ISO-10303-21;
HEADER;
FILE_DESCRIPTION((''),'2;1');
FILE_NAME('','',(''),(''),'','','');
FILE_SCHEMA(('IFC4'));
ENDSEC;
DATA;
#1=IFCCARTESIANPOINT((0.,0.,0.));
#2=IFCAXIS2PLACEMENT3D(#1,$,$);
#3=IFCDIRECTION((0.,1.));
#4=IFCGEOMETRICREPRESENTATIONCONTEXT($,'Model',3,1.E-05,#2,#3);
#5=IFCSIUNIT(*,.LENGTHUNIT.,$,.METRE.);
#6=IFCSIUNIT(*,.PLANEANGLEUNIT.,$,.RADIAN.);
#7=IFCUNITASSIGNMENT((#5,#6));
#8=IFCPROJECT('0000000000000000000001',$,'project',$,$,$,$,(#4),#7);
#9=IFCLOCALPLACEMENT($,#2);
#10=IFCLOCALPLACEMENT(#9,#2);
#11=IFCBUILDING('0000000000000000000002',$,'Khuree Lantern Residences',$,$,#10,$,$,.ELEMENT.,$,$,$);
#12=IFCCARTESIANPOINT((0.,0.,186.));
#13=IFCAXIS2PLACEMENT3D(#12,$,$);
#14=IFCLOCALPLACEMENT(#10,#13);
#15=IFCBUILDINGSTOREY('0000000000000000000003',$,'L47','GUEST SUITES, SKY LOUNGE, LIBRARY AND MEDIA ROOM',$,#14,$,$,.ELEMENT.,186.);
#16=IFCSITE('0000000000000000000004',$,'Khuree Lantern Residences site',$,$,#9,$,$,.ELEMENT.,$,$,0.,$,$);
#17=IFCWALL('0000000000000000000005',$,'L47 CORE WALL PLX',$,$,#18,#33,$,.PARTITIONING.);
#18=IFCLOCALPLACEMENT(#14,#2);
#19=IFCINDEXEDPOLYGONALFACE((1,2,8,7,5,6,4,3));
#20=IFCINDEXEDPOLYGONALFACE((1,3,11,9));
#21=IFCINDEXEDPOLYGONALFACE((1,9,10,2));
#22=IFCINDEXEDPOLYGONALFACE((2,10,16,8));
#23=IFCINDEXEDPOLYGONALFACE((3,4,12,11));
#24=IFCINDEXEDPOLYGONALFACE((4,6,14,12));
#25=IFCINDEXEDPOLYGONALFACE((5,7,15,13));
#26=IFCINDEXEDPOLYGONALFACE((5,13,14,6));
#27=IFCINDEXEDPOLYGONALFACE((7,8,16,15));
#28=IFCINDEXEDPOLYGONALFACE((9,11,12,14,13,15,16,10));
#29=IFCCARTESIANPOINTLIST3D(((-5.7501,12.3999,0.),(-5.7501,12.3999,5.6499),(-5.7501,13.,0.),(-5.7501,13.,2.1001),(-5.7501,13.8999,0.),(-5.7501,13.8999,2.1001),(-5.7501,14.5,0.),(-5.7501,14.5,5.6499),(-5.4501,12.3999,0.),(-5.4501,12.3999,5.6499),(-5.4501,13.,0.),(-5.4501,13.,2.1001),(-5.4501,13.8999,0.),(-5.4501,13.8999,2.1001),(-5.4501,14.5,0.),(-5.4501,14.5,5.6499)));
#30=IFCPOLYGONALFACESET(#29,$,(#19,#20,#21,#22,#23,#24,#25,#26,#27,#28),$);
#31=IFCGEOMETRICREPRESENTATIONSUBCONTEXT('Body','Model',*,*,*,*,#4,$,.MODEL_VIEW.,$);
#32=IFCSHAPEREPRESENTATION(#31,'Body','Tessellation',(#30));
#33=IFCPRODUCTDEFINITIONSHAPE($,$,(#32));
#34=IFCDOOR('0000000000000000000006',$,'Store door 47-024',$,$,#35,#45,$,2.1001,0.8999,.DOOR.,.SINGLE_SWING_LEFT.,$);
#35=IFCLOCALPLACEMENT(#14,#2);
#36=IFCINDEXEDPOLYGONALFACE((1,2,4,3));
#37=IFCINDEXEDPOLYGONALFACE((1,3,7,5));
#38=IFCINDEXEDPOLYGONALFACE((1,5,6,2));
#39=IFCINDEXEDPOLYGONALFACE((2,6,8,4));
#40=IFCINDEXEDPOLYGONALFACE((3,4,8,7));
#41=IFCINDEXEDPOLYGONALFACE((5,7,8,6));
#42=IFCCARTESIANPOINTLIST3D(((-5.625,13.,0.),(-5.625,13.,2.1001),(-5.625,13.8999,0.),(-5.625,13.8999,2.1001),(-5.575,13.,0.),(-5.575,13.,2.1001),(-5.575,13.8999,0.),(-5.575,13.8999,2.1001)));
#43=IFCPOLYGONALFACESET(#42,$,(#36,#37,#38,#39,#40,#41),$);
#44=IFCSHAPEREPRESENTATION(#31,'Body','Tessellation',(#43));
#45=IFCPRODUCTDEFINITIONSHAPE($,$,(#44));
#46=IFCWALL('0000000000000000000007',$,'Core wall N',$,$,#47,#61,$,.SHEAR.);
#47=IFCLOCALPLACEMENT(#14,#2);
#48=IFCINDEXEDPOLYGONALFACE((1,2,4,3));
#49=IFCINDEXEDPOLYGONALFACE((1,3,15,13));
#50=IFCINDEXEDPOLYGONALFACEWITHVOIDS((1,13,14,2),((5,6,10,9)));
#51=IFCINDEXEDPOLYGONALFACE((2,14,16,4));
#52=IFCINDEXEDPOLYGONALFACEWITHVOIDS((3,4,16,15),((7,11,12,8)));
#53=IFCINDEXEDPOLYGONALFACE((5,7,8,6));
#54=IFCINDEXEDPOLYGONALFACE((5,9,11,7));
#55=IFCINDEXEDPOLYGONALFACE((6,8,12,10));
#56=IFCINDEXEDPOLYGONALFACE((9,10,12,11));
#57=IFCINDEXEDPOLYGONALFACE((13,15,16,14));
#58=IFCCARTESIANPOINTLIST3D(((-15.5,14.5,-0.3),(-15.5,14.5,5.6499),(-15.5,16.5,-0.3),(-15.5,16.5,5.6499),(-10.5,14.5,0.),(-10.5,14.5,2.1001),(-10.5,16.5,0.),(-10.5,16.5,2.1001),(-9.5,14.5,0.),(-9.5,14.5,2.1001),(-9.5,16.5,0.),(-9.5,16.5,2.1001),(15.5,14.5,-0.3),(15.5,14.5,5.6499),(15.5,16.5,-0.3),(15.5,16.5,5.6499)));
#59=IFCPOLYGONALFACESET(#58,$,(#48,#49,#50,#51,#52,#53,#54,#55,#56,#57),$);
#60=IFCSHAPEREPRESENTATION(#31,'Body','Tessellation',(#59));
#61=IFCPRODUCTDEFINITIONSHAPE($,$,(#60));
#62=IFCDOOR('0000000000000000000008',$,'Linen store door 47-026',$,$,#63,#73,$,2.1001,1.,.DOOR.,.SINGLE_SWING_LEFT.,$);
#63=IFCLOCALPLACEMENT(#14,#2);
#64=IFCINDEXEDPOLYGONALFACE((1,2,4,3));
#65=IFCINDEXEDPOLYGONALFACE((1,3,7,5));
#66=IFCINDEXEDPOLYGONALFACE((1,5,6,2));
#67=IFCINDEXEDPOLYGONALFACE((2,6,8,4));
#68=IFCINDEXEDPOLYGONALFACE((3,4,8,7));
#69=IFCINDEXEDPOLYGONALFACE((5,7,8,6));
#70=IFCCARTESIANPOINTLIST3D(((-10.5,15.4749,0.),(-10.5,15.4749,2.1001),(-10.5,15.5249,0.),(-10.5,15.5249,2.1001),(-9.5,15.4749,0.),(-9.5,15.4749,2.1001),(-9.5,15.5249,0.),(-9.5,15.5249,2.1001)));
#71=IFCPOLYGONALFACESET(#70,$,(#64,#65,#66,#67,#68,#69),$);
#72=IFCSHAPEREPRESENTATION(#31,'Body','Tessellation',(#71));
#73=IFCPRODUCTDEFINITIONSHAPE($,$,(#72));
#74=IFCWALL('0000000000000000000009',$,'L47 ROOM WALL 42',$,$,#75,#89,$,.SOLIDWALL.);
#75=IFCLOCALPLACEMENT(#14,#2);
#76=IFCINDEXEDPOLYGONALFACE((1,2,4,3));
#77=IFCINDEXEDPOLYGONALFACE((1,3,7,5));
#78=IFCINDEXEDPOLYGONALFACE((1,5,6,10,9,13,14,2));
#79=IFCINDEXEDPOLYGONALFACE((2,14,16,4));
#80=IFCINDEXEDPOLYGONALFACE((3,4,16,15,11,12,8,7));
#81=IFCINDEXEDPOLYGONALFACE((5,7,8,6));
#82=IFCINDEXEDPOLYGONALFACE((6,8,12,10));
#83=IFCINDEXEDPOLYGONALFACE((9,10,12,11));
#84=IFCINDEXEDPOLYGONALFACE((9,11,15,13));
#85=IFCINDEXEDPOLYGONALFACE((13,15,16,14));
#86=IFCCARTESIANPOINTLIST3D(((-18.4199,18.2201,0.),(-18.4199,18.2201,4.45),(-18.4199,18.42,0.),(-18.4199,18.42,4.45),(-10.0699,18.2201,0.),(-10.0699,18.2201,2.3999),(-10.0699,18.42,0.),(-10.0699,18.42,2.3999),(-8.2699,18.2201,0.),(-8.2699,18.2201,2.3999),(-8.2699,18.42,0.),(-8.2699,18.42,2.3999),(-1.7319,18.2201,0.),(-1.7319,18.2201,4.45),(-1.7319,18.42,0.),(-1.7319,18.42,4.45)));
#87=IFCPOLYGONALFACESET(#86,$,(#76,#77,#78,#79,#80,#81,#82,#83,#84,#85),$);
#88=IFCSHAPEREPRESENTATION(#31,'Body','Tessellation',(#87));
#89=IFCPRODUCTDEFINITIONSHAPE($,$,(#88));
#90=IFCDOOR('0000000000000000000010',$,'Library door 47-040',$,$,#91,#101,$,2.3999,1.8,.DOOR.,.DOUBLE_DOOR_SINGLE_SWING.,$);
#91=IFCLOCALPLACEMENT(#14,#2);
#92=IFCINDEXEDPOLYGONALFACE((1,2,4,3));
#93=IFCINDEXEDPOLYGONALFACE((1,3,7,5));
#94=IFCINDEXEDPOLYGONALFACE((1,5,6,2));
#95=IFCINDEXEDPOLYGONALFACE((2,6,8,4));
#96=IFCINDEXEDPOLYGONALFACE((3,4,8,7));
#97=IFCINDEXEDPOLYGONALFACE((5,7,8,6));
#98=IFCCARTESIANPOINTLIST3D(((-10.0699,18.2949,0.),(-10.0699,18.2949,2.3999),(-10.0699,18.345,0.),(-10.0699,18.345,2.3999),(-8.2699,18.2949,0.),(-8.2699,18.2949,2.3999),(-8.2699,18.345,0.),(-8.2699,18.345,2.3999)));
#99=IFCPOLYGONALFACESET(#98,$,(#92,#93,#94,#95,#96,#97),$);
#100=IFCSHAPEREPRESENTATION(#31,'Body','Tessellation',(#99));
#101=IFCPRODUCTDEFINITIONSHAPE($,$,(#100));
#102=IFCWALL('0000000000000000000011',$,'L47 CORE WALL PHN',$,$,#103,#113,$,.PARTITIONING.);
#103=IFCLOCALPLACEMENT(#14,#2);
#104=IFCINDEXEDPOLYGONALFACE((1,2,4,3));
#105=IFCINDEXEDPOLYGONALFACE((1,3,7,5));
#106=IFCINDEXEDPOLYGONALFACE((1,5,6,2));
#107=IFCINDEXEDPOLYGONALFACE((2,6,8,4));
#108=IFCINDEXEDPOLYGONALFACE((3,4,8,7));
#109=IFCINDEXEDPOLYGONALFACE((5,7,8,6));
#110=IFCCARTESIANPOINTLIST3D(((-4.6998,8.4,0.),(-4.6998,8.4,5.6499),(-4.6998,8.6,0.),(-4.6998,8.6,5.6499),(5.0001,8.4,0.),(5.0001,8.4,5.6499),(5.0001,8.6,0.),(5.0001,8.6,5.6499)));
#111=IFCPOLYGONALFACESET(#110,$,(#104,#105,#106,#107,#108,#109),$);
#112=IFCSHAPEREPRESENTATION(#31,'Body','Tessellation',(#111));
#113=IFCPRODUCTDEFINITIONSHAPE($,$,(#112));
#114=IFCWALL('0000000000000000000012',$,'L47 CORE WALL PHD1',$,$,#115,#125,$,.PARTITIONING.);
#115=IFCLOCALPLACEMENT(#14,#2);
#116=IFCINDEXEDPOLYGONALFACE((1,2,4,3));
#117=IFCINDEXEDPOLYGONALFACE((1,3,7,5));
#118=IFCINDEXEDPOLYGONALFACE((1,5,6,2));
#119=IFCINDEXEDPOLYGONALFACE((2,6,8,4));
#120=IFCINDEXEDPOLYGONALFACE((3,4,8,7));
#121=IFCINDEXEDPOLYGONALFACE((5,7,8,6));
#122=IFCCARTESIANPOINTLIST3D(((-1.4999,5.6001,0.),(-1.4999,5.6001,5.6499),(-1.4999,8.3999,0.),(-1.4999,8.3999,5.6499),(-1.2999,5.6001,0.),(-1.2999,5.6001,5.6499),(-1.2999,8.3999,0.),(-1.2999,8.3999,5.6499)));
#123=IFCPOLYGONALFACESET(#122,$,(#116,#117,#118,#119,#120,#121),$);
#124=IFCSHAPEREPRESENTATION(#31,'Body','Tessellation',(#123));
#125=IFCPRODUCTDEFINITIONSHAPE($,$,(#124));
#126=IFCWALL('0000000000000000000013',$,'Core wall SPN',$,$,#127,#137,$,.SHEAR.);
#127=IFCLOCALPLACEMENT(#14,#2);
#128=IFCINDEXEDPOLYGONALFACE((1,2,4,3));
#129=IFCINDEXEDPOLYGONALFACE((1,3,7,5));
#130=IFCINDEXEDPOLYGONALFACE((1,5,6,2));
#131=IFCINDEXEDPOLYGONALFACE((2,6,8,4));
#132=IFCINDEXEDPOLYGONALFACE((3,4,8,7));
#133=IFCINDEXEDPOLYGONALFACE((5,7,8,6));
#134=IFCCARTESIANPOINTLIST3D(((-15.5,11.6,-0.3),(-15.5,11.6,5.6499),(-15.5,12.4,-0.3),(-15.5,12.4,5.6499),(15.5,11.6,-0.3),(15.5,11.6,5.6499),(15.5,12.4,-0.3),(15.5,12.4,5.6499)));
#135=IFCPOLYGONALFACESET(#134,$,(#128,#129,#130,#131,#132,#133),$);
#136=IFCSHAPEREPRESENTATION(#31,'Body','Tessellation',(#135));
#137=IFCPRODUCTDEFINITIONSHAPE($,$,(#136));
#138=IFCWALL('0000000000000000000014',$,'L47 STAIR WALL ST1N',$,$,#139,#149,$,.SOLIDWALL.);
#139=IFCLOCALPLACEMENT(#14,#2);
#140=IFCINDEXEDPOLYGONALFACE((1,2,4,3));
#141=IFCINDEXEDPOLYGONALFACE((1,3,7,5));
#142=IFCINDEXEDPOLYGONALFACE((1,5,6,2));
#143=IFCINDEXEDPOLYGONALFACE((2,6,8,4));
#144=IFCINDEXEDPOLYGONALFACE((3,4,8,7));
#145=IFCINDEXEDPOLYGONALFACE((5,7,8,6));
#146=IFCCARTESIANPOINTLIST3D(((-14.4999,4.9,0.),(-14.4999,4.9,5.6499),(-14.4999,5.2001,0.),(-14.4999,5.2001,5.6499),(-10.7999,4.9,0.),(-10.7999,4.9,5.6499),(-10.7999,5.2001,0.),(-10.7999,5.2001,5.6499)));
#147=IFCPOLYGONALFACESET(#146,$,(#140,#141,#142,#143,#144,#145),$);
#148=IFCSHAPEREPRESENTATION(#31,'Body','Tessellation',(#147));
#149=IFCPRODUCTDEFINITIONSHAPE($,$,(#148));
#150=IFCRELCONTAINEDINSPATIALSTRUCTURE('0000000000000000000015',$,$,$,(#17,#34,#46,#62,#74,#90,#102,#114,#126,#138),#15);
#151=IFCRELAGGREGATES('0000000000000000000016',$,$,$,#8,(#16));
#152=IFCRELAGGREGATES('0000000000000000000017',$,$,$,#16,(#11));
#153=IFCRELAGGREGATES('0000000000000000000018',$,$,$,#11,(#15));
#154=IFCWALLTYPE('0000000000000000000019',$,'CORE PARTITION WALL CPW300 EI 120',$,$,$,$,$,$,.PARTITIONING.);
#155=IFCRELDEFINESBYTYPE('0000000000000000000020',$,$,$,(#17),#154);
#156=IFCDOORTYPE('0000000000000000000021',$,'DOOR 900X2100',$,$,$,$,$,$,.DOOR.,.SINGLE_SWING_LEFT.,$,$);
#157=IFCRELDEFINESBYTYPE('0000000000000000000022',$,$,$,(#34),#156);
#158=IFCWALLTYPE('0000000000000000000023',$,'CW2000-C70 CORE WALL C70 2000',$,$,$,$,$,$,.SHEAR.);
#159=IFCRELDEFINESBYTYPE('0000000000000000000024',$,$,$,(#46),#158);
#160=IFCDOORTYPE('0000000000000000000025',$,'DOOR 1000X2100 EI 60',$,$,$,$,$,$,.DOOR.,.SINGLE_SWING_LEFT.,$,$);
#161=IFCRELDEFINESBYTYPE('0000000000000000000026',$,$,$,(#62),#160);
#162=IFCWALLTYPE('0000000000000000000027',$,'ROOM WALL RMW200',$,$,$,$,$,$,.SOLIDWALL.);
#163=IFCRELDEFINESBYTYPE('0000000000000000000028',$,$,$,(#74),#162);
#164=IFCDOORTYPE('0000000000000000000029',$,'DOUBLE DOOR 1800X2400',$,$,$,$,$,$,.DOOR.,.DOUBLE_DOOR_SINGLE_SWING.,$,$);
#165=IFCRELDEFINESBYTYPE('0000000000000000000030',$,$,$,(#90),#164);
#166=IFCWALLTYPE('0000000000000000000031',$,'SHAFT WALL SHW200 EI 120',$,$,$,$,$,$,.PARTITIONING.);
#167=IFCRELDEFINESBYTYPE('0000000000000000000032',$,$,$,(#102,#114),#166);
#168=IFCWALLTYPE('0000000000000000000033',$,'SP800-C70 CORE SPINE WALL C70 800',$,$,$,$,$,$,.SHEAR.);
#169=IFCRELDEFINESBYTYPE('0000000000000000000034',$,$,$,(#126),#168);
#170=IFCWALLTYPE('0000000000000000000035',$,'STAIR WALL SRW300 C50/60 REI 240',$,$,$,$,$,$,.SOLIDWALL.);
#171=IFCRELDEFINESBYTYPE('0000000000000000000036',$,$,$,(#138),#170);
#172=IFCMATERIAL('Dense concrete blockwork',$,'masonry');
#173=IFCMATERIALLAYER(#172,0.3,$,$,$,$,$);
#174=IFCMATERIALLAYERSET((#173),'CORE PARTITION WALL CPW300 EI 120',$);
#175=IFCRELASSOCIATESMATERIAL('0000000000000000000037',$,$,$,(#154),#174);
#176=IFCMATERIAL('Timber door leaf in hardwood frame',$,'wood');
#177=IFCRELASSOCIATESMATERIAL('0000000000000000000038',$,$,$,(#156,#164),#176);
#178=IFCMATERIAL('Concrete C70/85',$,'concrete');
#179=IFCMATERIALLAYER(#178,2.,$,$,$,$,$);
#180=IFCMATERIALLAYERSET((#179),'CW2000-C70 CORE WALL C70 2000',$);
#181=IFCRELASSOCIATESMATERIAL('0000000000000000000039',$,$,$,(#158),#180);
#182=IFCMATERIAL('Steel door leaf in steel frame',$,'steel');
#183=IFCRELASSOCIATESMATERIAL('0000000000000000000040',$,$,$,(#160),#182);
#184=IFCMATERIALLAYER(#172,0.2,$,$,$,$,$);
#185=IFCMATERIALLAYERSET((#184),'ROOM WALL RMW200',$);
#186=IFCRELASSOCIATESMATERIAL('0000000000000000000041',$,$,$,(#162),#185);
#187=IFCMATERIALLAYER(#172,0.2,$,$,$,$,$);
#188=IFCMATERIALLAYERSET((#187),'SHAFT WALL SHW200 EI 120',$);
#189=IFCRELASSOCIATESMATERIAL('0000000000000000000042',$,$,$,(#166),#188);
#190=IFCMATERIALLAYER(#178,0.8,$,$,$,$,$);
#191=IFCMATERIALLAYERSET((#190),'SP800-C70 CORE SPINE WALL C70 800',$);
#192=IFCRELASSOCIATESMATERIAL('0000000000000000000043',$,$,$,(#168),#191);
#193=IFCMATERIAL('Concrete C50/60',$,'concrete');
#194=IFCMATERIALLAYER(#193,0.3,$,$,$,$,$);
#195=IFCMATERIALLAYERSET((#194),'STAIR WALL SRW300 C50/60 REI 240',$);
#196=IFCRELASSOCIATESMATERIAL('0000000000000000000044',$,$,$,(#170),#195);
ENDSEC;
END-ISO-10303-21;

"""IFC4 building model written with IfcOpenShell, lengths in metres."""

from ifc_helpers import new_model, si_unit, direction, frame, frame_2d, origin, place, context, subcontext, project, spatial, rectangle, extrude, material, layer, layer_set, type_object, element, fill, save


model = new_model("IFC4")

# Units and contexts
model_context = context("Model", 3, precision=1e-05, world=origin(), true_north=direction((0.0, 1.0)))
body_context = subcontext(model_context, "Body", "Model", "MODEL_VIEW")
ifc_project = project(units=[si_unit("LENGTHUNIT", "METRE"), si_unit("PLANEANGLEUNIT", "RADIAN")], contexts=[model_context])

# Site, building, storey
site_placement = place(None, origin())
site = spatial("IfcSite", under=ifc_project, at=site_placement, Name="Khuree Lantern Residences site", CompositionType="ELEMENT", RefElevation=0.0)
building_placement = place(site_placement, origin())
building = spatial("IfcBuilding", under=site, at=building_placement, Name="Khuree Lantern Residences", CompositionType="ELEMENT")
storey_placement = place(building_placement, frame((0.0, 0.0, 186.0)))
storey = spatial("IfcBuildingStorey", under=building, at=storey_placement, Name="L47", Description="GUEST SUITES, SKY LOUNGE, LIBRARY AND MEDIA ROOM", CompositionType="ELEMENT", Elevation=186.0)

# Shared definitions
ifc_material_1 = material(Name="Concrete C70/85", Category="concrete")

# Shared definitions
ifc_material_2 = material(Name="Dense concrete blockwork", Category="masonry")
ifc_layer_1 = layer(ifc_material_2, 0.3)
ifc_layer_set_1 = layer_set([ifc_layer_1], Name="CORE PARTITION WALL CPW300 EI 120")
wall_type_1 = type_object("IfcWallType", Name="CORE PARTITION WALL CPW300 EI 120", PredefinedType="PARTITIONING", material=ifc_layer_set_1)

# Shared definitions
ifc_material_3 = material(Name="Steel door leaf in steel frame", Category="steel")
ifc_material_4 = material(Name="Timber door leaf in hardwood frame", Category="wood")

# Walls, openings, doors
wall_1_placement = place(storey_placement, frame((-5.6001, 12.3999, 0.0), z_axis=(0.0, 0.0, 1.0), x_axis=(0.0, 1.0, 0.0)))
wall_1 = element("IfcWall", 1, at=wall_1_placement, inside=storey, type_object=wall_type_1, Name="L47 CORE WALL PLX", PredefinedType="PARTITIONING", context=body_context, shape_type="SweptSolid", body=[
    extrude(rectangle(XDim=2.1001, YDim=0.3, at=frame_2d((1.05, 0.0))), origin(), (0.0, 0.0, 1.0), 5.6499),
])
opening_1_placement = place(wall_1_placement, frame((0.6001, 0.0, 0.0)))
opening_1 = element("IfcOpeningElement", 2, at=opening_1_placement, cuts=wall_1, PredefinedType="OPENING", context=body_context, shape_type="SweptSolid", body=[
    extrude(rectangle(XDim=0.8999, YDim=2.1001, at=frame_2d((0.45, 1.05))), frame((0.0, 0.1602, 0.0), z_axis=(0.0, -1.0, 0.0), x_axis=(1.0, 0.0, 0.0)), (0.0, 0.0, 1.0), 0.3201),
])
door_type_1 = type_object("IfcDoorType", Name="DOOR 900X2100", OperationType="SINGLE_SWING_LEFT", PredefinedType="DOOR", material=ifc_material_4)
door_1_placement = place(opening_1_placement, origin())
door_1 = element("IfcDoor", 3, at=door_1_placement, inside=storey, type_object=door_type_1, Name="Store door 47-024", OperationType="SINGLE_SWING_LEFT", OverallHeight=2.1001, OverallWidth=0.8999, PredefinedType="DOOR", context=body_context, shape_type="SweptSolid", body=[
    extrude(rectangle(XDim=0.8999, YDim=2.1001, at=frame_2d((0.45, 1.05))), frame((0.0, 0.0249, 0.0), z_axis=(0.0, -1.0, 0.0), x_axis=(1.0, 0.0, 0.0)), (0.0, 0.0, 1.0), 0.05),
])
fill(opening_1, door_1)
ifc_layer_2 = layer(ifc_material_1, 2.0)
ifc_layer_set_2 = layer_set([ifc_layer_2], Name="CW2000-C70 CORE WALL C70 2000")
wall_type_2 = type_object("IfcWallType", Name="CW2000-C70 CORE WALL C70 2000", PredefinedType="SHEAR", material=ifc_layer_set_2)
wall_2_placement = place(storey_placement, frame((-15.5, 15.5, -0.3), z_axis=(0.0, 0.0, 1.0), x_axis=(1.0, 0.0, 0.0)))
wall_2 = element("IfcWall", 4, at=wall_2_placement, inside=storey, type_object=wall_type_2, Name="Core wall N", PredefinedType="SHEAR", context=body_context, shape_type="SweptSolid", body=[
    extrude(rectangle(XDim=31.0, YDim=2.0, at=frame_2d((15.5, 0.0))), origin(), (0.0, 0.0, 1.0), 5.95),
])
opening_2_placement = place(wall_2_placement, frame((5.0, 0.0, 0.3)))
opening_2 = element("IfcOpeningElement", 5, at=opening_2_placement, cuts=wall_2, PredefinedType="OPENING", context=body_context, shape_type="SweptSolid", body=[
    extrude(rectangle(XDim=1.0, YDim=2.1001, at=frame_2d((0.5, 1.05))), frame((0.0, 1.01, 0.0), z_axis=(0.0, -1.0, 0.0), x_axis=(1.0, 0.0, 0.0)), (0.0, 0.0, 1.0), 2.02),
])
door_type_2 = type_object("IfcDoorType", Name="DOOR 1000X2100 EI 60", OperationType="SINGLE_SWING_LEFT", PredefinedType="DOOR", material=ifc_material_3)
door_2_placement = place(opening_2_placement, origin())
door_2 = element("IfcDoor", 6, at=door_2_placement, inside=storey, type_object=door_type_2, Name="Linen store door 47-026", OperationType="SINGLE_SWING_LEFT", OverallHeight=2.1001, OverallWidth=1.0, PredefinedType="DOOR", context=body_context, shape_type="SweptSolid", body=[
    extrude(rectangle(XDim=1.0, YDim=2.1001, at=frame_2d((0.5, 1.05))), frame((0.0, 0.0249, 0.0), z_axis=(0.0, -1.0, 0.0), x_axis=(1.0, 0.0, 0.0)), (0.0, 0.0, 1.0), 0.05),
])
fill(opening_2, door_2)
ifc_layer_3 = layer(ifc_material_2, 0.2)
ifc_layer_set_3 = layer_set([ifc_layer_3], Name="ROOM WALL RMW200")
wall_type_3 = type_object("IfcWallType", Name="ROOM WALL RMW200", PredefinedType="SOLIDWALL", material=ifc_layer_set_3)
wall_3_placement = place(storey_placement, frame((-18.4199, 18.3201, 0.0), z_axis=(0.0, 0.0, 1.0), x_axis=(1.0, 0.0, 0.0)))
wall_3 = element("IfcWall", 7, at=wall_3_placement, inside=storey, type_object=wall_type_3, Name="L47 ROOM WALL 42", PredefinedType="SOLIDWALL", context=body_context, shape_type="SweptSolid", body=[
    extrude(rectangle(XDim=16.688, YDim=0.2, at=frame_2d((8.344, 0.0))), origin(), (0.0, 0.0, 1.0), 4.45),
])
opening_3_placement = place(wall_3_placement, frame((8.3501, 0.0, 0.0)))
opening_3 = element("IfcOpeningElement", 8, at=opening_3_placement, cuts=wall_3, PredefinedType="OPENING", context=body_context, shape_type="SweptSolid", body=[
    extrude(rectangle(XDim=1.8, YDim=2.3999, at=frame_2d((0.8999, 1.2))), frame((0.0, 0.1099, 0.0), z_axis=(0.0, -1.0, 0.0), x_axis=(1.0, 0.0, 0.0)), (0.0, 0.0, 1.0), 0.22),
])
door_type_3 = type_object("IfcDoorType", Name="DOUBLE DOOR 1800X2400", OperationType="DOUBLE_DOOR_SINGLE_SWING", PredefinedType="DOOR", material=ifc_material_4)
door_3_placement = place(opening_3_placement, origin())
door_3 = element("IfcDoor", 9, at=door_3_placement, inside=storey, type_object=door_type_3, Name="Library door 47-040", OperationType="DOUBLE_DOOR_SINGLE_SWING", OverallHeight=2.3999, OverallWidth=1.8, PredefinedType="DOOR", context=body_context, shape_type="SweptSolid", body=[
    extrude(rectangle(XDim=1.8, YDim=2.3999, at=frame_2d((0.8999, 1.2))), frame((0.0, 0.0249, 0.0), z_axis=(0.0, -1.0, 0.0), x_axis=(1.0, 0.0, 0.0)), (0.0, 0.0, 1.0), 0.05),
])
fill(opening_3, door_3)

# Walls
ifc_layer_4 = layer(ifc_material_2, 0.2)
ifc_layer_set_4 = layer_set([ifc_layer_4], Name="SHAFT WALL SHW200 EI 120")
wall_type_4 = type_object("IfcWallType", Name="SHAFT WALL SHW200 EI 120", PredefinedType="PARTITIONING", material=ifc_layer_set_4)
wall_4_placement = place(storey_placement, frame((-4.7, 8.5, 0.0), z_axis=(0.0, 0.0, 1.0), x_axis=(1.0, 0.0, 0.0)))
element("IfcWall", 10, at=wall_4_placement, inside=storey, type_object=wall_type_4, Name="L47 CORE WALL PHN", PredefinedType="PARTITIONING", context=body_context, shape_type="SweptSolid", body=[
    extrude(rectangle(XDim=9.7, YDim=0.2, at=frame_2d((4.8501, 0.0))), origin(), (0.0, 0.0, 1.0), 5.6499),
])
wall_5_placement = place(storey_placement, frame((-1.3999, 5.6001, 0.0), z_axis=(0.0, 0.0, 1.0), x_axis=(0.0, 1.0, 0.0)))
element("IfcWall", 11, at=wall_5_placement, inside=storey, type_object=wall_type_4, Name="L47 CORE WALL PHD1", PredefinedType="PARTITIONING", context=body_context, shape_type="SweptSolid", body=[
    extrude(rectangle(XDim=2.7998, YDim=0.2, at=frame_2d((1.3999, 0.0))), origin(), (0.0, 0.0, 1.0), 5.6499),
])
ifc_layer_5 = layer(ifc_material_1, 0.8)
ifc_layer_set_5 = layer_set([ifc_layer_5], Name="SP800-C70 CORE SPINE WALL C70 800")
wall_type_5 = type_object("IfcWallType", Name="SP800-C70 CORE SPINE WALL C70 800", PredefinedType="SHEAR", material=ifc_layer_set_5)
wall_6_placement = place(storey_placement, frame((-15.5, 12.0, -0.3), z_axis=(0.0, 0.0, 1.0), x_axis=(1.0, 0.0, 0.0)))
element("IfcWall", 12, at=wall_6_placement, inside=storey, type_object=wall_type_5, Name="Core wall SPN", PredefinedType="SHEAR", context=body_context, shape_type="SweptSolid", body=[
    extrude(rectangle(XDim=31.0, YDim=0.8, at=frame_2d((15.5, 0.0))), origin(), (0.0, 0.0, 1.0), 5.95),
])
ifc_material_5 = material(Name="Concrete C50/60", Category="concrete")
ifc_layer_6 = layer(ifc_material_5, 0.3)
ifc_layer_set_6 = layer_set([ifc_layer_6], Name="STAIR WALL SRW300 C50/60 REI 240")
wall_type_6 = type_object("IfcWallType", Name="STAIR WALL SRW300 C50/60 REI 240", PredefinedType="SOLIDWALL", material=ifc_layer_set_6)
wall_7_placement = place(storey_placement, frame((-14.5, 5.05, 0.0), z_axis=(0.0, 0.0, 1.0), x_axis=(1.0, 0.0, 0.0)))
element("IfcWall", 13, at=wall_7_placement, inside=storey, type_object=wall_type_6, Name="L47 STAIR WALL ST1N", PredefinedType="SOLIDWALL", context=body_context, shape_type="SweptSolid", body=[
    extrude(rectangle(XDim=3.7, YDim=0.3, at=frame_2d((1.8501, 0.0))), origin(), (0.0, 0.0, 1.0), 5.6499),
])

save(model, "model.ifc")
